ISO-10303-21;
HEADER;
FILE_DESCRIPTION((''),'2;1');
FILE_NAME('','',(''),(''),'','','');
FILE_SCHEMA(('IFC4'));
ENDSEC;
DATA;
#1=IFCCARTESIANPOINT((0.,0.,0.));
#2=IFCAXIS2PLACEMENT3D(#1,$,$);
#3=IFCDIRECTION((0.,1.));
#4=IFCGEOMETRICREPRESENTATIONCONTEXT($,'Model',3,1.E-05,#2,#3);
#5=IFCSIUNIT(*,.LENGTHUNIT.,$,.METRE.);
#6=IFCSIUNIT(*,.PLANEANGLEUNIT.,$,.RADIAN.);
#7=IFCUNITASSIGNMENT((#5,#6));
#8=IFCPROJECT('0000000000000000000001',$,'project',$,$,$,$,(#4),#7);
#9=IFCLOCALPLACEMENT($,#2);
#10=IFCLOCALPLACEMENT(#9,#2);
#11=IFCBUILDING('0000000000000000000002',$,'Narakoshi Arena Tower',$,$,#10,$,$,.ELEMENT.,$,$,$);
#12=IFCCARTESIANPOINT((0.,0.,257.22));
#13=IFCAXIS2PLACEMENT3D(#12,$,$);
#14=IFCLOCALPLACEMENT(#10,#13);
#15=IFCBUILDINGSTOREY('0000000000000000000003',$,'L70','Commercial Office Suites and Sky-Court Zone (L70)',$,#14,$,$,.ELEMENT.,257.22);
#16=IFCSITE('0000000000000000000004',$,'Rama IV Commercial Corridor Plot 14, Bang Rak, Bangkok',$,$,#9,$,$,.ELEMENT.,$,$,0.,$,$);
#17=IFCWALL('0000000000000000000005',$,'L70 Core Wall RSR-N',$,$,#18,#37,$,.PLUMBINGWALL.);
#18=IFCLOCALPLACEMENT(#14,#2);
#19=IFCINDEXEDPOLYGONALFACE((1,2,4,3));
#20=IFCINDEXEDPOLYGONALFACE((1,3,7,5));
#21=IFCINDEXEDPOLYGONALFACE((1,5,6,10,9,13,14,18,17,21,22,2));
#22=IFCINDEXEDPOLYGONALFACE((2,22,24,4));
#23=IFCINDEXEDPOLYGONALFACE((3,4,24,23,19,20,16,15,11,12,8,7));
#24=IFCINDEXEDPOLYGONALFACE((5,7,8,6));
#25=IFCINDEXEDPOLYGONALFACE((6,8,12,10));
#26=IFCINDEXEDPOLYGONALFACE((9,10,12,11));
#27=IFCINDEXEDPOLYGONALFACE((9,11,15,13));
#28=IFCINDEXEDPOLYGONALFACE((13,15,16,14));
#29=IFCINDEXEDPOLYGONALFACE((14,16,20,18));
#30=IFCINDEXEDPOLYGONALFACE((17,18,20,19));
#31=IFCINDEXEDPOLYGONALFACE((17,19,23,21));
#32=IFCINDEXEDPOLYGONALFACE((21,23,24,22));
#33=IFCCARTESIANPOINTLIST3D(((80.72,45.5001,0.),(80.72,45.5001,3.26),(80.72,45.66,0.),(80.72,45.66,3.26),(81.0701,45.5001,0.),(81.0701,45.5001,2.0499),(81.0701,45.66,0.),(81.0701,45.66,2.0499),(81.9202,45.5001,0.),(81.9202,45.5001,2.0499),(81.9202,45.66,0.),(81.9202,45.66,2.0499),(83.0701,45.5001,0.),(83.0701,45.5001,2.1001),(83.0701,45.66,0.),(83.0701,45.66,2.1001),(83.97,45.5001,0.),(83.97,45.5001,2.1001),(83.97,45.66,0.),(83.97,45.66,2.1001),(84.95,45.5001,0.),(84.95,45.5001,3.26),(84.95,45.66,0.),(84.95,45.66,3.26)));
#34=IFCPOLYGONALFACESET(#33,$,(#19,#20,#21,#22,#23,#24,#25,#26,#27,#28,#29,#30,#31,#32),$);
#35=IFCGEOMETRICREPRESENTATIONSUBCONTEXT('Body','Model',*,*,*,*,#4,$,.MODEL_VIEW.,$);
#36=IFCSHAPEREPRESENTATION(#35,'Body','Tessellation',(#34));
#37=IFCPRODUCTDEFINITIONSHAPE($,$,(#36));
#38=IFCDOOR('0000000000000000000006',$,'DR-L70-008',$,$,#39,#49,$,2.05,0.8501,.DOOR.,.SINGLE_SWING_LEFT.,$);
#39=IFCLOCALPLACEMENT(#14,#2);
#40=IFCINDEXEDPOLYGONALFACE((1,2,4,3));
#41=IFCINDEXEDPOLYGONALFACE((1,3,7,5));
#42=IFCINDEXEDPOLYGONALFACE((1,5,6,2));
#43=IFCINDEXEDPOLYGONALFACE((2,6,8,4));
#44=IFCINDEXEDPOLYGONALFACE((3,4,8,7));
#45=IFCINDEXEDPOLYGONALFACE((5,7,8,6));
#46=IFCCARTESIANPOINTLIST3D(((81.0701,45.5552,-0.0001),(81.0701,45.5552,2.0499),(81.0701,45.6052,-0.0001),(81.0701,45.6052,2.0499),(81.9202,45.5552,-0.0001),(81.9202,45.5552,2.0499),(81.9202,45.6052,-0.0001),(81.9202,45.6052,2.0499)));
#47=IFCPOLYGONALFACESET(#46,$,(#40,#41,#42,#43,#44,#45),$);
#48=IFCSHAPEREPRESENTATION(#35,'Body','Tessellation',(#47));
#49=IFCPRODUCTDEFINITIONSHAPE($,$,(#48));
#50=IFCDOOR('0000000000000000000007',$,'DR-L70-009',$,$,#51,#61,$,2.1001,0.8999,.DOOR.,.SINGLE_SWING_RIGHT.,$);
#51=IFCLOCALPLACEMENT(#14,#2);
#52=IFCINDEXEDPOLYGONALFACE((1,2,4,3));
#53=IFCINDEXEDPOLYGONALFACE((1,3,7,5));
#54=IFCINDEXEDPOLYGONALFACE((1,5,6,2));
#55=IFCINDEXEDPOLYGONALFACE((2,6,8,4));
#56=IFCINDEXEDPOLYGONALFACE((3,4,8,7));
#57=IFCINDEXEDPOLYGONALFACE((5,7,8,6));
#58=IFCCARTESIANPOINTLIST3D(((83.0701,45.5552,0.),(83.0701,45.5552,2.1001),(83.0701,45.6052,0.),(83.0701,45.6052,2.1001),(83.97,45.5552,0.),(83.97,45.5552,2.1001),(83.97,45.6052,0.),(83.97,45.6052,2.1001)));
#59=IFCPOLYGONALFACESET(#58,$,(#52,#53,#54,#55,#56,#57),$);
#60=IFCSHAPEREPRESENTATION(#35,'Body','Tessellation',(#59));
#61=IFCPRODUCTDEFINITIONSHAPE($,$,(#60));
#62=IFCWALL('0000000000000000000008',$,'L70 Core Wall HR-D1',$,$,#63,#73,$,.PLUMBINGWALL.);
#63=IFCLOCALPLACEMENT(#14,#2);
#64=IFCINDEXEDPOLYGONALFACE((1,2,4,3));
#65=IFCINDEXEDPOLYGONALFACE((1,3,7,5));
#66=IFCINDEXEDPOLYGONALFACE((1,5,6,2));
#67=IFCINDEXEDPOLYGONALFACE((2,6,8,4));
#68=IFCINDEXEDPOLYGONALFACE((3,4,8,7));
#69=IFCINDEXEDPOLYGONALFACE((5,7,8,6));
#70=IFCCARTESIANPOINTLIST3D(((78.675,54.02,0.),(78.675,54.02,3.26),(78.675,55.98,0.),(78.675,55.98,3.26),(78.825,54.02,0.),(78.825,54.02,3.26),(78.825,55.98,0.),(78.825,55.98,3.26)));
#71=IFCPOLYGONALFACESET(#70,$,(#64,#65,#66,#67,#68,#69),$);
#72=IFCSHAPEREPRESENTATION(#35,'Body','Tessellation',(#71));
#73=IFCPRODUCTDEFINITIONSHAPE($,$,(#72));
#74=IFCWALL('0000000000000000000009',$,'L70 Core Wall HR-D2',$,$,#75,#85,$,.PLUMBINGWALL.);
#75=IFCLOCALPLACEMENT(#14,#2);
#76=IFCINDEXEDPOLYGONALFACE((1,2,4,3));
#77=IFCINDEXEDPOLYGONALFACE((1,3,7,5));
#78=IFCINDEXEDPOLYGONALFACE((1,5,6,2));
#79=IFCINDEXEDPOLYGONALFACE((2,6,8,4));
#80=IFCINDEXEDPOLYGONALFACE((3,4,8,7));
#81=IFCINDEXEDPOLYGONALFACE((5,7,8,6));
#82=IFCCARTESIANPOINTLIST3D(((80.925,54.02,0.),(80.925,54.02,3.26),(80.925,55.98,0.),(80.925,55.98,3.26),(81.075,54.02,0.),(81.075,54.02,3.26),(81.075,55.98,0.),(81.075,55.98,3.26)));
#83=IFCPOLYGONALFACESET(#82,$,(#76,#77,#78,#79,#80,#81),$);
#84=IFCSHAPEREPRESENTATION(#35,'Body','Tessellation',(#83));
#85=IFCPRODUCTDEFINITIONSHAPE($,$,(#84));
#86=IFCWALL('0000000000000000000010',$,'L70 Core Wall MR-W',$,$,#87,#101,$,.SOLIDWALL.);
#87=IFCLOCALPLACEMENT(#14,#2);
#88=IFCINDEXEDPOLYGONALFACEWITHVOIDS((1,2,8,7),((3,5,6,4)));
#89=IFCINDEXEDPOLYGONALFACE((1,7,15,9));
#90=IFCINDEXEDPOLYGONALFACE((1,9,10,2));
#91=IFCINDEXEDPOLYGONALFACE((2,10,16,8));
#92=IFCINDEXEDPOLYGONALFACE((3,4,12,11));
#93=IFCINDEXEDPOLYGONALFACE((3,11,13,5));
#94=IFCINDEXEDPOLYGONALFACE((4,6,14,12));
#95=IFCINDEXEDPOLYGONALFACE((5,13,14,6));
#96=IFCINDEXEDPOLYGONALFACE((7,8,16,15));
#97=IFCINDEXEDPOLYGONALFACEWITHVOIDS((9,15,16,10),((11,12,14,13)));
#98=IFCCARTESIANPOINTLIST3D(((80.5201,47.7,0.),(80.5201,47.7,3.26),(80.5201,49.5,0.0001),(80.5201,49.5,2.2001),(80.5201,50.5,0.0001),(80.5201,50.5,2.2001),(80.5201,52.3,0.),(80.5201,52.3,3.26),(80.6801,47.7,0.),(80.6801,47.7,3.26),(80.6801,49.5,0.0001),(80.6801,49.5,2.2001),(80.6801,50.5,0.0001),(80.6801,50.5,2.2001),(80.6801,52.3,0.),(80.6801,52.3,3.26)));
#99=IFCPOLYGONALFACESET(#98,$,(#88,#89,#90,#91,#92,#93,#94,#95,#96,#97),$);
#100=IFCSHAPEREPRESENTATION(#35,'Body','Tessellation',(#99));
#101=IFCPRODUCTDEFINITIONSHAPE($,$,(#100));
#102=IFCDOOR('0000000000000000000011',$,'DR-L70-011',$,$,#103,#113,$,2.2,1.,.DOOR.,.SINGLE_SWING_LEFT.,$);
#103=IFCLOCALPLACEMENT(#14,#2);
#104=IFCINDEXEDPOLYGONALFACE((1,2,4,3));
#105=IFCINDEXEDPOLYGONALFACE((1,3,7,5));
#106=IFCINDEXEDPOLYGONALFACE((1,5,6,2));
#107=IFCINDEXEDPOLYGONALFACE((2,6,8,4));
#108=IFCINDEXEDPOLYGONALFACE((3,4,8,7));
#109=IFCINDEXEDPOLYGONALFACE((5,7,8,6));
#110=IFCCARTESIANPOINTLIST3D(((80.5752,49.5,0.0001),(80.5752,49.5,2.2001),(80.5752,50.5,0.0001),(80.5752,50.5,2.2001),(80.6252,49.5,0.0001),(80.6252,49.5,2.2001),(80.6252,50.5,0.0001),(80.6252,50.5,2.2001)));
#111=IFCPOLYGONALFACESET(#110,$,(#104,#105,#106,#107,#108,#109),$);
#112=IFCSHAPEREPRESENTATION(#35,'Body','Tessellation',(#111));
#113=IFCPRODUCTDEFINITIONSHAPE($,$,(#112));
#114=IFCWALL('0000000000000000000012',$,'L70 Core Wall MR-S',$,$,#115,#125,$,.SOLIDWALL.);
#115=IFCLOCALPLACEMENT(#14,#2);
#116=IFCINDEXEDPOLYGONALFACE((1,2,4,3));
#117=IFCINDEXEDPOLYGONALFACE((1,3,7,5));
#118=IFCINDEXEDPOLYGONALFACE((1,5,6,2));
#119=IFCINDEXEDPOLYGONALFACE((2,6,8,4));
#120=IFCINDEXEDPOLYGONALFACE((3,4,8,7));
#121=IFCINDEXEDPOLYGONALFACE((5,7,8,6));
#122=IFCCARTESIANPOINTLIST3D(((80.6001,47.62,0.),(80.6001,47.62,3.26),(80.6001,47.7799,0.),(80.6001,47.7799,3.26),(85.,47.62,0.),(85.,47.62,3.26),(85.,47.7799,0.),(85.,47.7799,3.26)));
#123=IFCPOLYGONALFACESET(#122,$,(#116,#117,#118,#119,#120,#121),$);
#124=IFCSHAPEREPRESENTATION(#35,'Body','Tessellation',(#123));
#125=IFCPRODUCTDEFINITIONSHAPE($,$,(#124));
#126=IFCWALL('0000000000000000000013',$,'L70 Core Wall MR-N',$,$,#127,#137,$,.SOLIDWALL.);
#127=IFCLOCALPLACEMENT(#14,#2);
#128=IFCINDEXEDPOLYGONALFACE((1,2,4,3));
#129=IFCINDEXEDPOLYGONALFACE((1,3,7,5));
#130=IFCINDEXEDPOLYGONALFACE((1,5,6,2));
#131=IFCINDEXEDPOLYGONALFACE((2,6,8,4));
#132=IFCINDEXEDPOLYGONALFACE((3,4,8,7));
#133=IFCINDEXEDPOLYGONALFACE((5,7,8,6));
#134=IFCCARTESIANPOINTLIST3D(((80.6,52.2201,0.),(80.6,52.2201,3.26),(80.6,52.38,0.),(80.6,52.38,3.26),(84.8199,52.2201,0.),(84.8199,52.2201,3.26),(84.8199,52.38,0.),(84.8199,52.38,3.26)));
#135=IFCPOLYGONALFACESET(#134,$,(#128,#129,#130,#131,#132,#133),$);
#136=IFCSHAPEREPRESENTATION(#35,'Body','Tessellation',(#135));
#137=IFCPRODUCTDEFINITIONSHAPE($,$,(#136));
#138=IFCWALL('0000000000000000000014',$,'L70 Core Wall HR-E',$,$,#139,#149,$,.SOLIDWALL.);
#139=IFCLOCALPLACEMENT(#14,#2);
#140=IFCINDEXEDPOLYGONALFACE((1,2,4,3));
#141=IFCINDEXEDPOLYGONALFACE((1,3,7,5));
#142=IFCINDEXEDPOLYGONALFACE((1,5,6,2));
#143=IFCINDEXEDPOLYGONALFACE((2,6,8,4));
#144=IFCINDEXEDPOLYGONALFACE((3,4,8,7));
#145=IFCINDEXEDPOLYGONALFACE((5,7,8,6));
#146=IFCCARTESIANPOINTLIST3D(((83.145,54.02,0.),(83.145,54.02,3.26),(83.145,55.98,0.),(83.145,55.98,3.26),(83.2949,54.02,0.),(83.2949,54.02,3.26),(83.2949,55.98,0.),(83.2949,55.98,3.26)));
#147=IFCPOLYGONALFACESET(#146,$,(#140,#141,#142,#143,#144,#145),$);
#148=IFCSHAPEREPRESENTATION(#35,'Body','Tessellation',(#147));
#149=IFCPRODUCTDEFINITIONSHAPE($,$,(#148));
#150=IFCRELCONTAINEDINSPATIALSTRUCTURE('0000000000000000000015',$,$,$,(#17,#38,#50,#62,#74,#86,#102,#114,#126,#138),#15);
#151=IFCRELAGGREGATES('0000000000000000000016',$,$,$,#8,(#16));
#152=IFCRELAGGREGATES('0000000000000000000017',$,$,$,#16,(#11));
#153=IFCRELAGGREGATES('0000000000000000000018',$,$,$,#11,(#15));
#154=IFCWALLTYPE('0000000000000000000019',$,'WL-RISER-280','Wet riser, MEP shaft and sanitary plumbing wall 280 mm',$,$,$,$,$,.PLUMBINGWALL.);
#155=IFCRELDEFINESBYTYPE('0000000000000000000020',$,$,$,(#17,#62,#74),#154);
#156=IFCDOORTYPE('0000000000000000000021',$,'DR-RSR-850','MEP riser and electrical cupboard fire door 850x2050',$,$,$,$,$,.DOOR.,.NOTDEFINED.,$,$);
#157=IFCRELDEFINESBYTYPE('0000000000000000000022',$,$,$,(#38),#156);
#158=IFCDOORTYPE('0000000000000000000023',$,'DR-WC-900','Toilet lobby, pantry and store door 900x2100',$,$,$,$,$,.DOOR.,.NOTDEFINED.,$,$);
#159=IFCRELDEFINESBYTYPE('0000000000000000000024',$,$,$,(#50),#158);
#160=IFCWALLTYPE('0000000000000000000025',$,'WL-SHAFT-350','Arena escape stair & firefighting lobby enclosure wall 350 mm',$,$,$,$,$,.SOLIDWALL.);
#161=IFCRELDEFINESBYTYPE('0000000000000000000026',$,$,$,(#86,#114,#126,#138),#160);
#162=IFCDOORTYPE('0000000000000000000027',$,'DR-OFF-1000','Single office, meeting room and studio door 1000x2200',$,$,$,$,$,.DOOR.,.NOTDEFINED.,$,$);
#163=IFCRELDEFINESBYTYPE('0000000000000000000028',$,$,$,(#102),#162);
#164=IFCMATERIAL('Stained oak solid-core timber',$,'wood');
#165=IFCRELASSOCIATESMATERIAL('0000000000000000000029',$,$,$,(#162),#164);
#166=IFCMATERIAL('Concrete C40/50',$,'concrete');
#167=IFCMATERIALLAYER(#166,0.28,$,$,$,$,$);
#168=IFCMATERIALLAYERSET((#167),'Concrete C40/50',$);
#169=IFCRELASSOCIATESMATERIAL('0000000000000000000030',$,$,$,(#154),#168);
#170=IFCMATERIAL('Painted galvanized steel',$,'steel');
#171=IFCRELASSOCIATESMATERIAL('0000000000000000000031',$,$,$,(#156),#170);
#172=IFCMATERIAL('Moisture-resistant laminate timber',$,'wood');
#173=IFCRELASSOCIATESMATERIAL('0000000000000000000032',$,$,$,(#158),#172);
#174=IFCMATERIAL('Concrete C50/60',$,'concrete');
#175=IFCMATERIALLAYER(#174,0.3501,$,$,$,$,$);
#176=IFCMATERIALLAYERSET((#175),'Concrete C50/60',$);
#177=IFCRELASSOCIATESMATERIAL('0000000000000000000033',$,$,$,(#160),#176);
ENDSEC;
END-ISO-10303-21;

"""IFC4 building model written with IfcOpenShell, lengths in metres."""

from ifc_helpers import new_model, si_unit, direction, frame, frame_2d, origin, place, context, subcontext, project, spatial, rectangle, extrude, material, layer, layer_set, type_object, element, fill, save


model = new_model("IFC4")

# Units and contexts
model_context = context("Model", 3, precision=1e-05, world=origin(), true_north=direction((0.0, 1.0)))
body_context = subcontext(model_context, "Body", "Model", "MODEL_VIEW")
ifc_project = project(units=[si_unit("LENGTHUNIT", "METRE"), si_unit("PLANEANGLEUNIT", "RADIAN")], contexts=[model_context])

# Site, building, storey
site_placement = place(None, origin())
site = spatial("IfcSite", under=ifc_project, at=site_placement, Name="Rama IV Commercial Corridor Plot 14, Bang Rak, Bangkok", CompositionType="ELEMENT", RefElevation=0.0)
building_placement = place(site_placement, origin())
building = spatial("IfcBuilding", under=site, at=building_placement, Name="Narakoshi Arena Tower", CompositionType="ELEMENT")
storey_placement = place(building_placement, frame((0.0, 0.0, 257.22)))
storey = spatial("IfcBuildingStorey", under=building, at=storey_placement, Name="L70", Description="Commercial Office Suites and Sky-Court Zone (L70)", CompositionType="ELEMENT", Elevation=257.22)

# Shared definitions
ifc_material_1 = material(Name="Concrete C50/60", Category="concrete")

# Shared definitions
ifc_material_2 = material(Name="Stained oak solid-core timber", Category="wood")
door_type_1 = type_object("IfcDoorType", Name="DR-OFF-1000", Description="Single office, meeting room and studio door 1000x2200", OperationType="NOTDEFINED", PredefinedType="DOOR", material=ifc_material_2)

# Wall, openings, doors
ifc_material_3 = material(Name="Concrete C40/50", Category="concrete")
ifc_layer_1 = layer(ifc_material_3, 0.28)
ifc_layer_set_1 = layer_set([ifc_layer_1], Name="Concrete C40/50")
wall_type_1 = type_object("IfcWallType", Name="WL-RISER-280", Description="Wet riser, MEP shaft and sanitary plumbing wall 280 mm", PredefinedType="PLUMBINGWALL", material=ifc_layer_set_1)
wall_1_placement = place(storey_placement, frame((80.72, 45.5801, 0.0), z_axis=(0.0, 0.0, 1.0), x_axis=(1.0, 0.0, 0.0)))
wall_1 = element("IfcWall", 1, at=wall_1_placement, inside=storey, type_object=wall_type_1, Name="L70 Core Wall RSR-N", PredefinedType="PLUMBINGWALL", context=body_context, shape_type="SweptSolid", body=[
    extrude(rectangle(XDim=4.23, YDim=0.1599, at=frame_2d((2.115, 0.0))), origin(), (0.0, 0.0, 1.0), 3.26),
])
opening_1_placement = place(wall_1_placement, frame((0.3501, 0.0, 0.0)))
opening_1 = element("IfcOpeningElement", 2, at=opening_1_placement, cuts=wall_1, PredefinedType="OPENING", context=body_context, shape_type="SweptSolid", body=[
    extrude(rectangle(XDim=0.8501, YDim=2.05, at=frame_2d((0.425, 1.0249))), frame((0.0, 0.0898, 0.0), z_axis=(0.0, -1.0, 0.0), x_axis=(1.0, 0.0, 0.0)), (0.0, 0.0, 1.0), 0.1799),
])
opening_2_placement = place(wall_1_placement, frame((2.3501, 0.0, 0.0)))
opening_2 = element("IfcOpeningElement", 3, at=opening_2_placement, cuts=wall_1, PredefinedType="OPENING", context=body_context, shape_type="SweptSolid", body=[
    extrude(rectangle(XDim=0.8999, YDim=2.1001, at=frame_2d((0.45, 1.05))), frame((0.0, 0.0898, 0.0), z_axis=(0.0, -1.0, 0.0), x_axis=(1.0, 0.0, 0.0)), (0.0, 0.0, 1.0), 0.1799),
])
ifc_material_4 = material(Name="Painted galvanized steel", Category="steel")
door_type_2 = type_object("IfcDoorType", Name="DR-RSR-850", Description="MEP riser and electrical cupboard fire door 850x2050", OperationType="NOTDEFINED", PredefinedType="DOOR", material=ifc_material_4)
door_1_placement = place(opening_1_placement, frame((0.8501, 0.0, 0.0), z_axis=(0.0, 0.0, 1.0), x_axis=(-1.0, 0.0, 0.0)))
door_1 = element("IfcDoor", 4, at=door_1_placement, inside=storey, type_object=door_type_2, Name="DR-L70-008", OperationType="SINGLE_SWING_LEFT", OverallHeight=2.05, OverallWidth=0.8501, PredefinedType="DOOR", context=body_context, shape_type="SweptSolid", body=[
    extrude(rectangle(XDim=0.8501, YDim=2.05, at=frame_2d((0.425, 1.0249))), frame((0.0, 0.0249, 0.0), z_axis=(0.0, -1.0, 0.0), x_axis=(1.0, 0.0, 0.0)), (0.0, 0.0, 1.0), 0.05),
])
fill(opening_1, door_1)
ifc_material_5 = material(Name="Moisture-resistant laminate timber", Category="wood")
door_type_3 = type_object("IfcDoorType", Name="DR-WC-900", Description="Toilet lobby, pantry and store door 900x2100", OperationType="NOTDEFINED", PredefinedType="DOOR", material=ifc_material_5)
door_2_placement = place(opening_2_placement, frame((0.8999, 0.0, 0.0), z_axis=(0.0, 0.0, 1.0), x_axis=(-1.0, 0.0, 0.0)))
door_2 = element("IfcDoor", 5, at=door_2_placement, inside=storey, type_object=door_type_3, Name="DR-L70-009", OperationType="SINGLE_SWING_RIGHT", OverallHeight=2.1001, OverallWidth=0.8999, PredefinedType="DOOR", context=body_context, shape_type="SweptSolid", body=[
    extrude(rectangle(XDim=0.8999, YDim=2.1001, at=frame_2d((0.45, 1.05))), frame((0.0, 0.0249, 0.0), z_axis=(0.0, -1.0, 0.0), x_axis=(1.0, 0.0, 0.0)), (0.0, 0.0, 1.0), 0.05),
])
fill(opening_2, door_2)

# Walls
for number, where, z_axis, x_axis, name in (
    (6, (78.75, 54.02, 0.0), (0.0, 0.0, 1.0), (0.0, 1.0, 0.0), "L70 Core Wall HR-D1"),
    (7, (81.0, 54.02, 0.0), (0.0, 0.0, 1.0), (0.0, 1.0, 0.0), "L70 Core Wall HR-D2"),
):
    element("IfcWall", number, at=place(storey_placement, frame(where, z_axis=z_axis, x_axis=x_axis)), inside=storey, type_object=wall_type_1, Name=name, PredefinedType="PLUMBINGWALL", context=body_context, shape_type="SweptSolid", body=[
        extrude(rectangle(XDim=1.96, YDim=0.1499, at=frame_2d((0.98, 0.0))), origin(), (0.0, 0.0, 1.0), 3.26),
    ])

# Wall, opening, door
ifc_layer_2 = layer(ifc_material_1, 0.3501)
ifc_layer_set_2 = layer_set([ifc_layer_2], Name="Concrete C50/60")
wall_type_2 = type_object("IfcWallType", Name="WL-SHAFT-350", Description="Arena escape stair & firefighting lobby enclosure wall 350 mm", PredefinedType="SOLIDWALL", material=ifc_layer_set_2)
wall_2_placement = place(storey_placement, frame((80.6001, 47.7, 0.0), z_axis=(0.0, 0.0, 1.0), x_axis=(0.0, 1.0, 0.0)))
wall_2 = element("IfcWall", 8, at=wall_2_placement, inside=storey, type_object=wall_type_2, Name="L70 Core Wall MR-W", PredefinedType="SOLIDWALL", context=body_context, shape_type="SweptSolid", body=[
    extrude(rectangle(XDim=4.6001, YDim=0.1599, at=frame_2d((2.3, 0.0))), origin(), (0.0, 0.0, 1.0), 3.26),
])
opening_3_placement = place(wall_2_placement, frame((1.8, 0.0, 0.0)))
opening_3 = element("IfcOpeningElement", 9, at=opening_3_placement, cuts=wall_2, PredefinedType="OPENING", context=body_context, shape_type="SweptSolid", body=[
    extrude(rectangle(XDim=1.0, YDim=2.2, at=frame_2d((0.5, 1.1001))), frame((0.0, 0.0898, 0.0), z_axis=(0.0, -1.0, 0.0), x_axis=(1.0, 0.0, 0.0)), (0.0, 0.0, 1.0), 0.1799),
])
door_3_placement = place(opening_3_placement, origin())
door_3 = element("IfcDoor", 10, at=door_3_placement, inside=storey, type_object=door_type_1, Name="DR-L70-011", OperationType="SINGLE_SWING_LEFT", OverallHeight=2.2, OverallWidth=1.0, PredefinedType="DOOR", context=body_context, shape_type="SweptSolid", body=[
    extrude(rectangle(XDim=1.0, YDim=2.2, at=frame_2d((0.5, 1.1001))), frame((0.0, 0.0249, 0.0), z_axis=(0.0, -1.0, 0.0), x_axis=(1.0, 0.0, 0.0)), (0.0, 0.0, 1.0), 0.05),
])
fill(opening_3, door_3)

# Walls
wall_3_placement = place(storey_placement, frame((80.6001, 47.7, 0.0), z_axis=(0.0, 0.0, 1.0), x_axis=(1.0, 0.0, 0.0)))
element("IfcWall", 11, at=wall_3_placement, inside=storey, type_object=wall_type_2, Name="L70 Core Wall MR-S", PredefinedType="SOLIDWALL", context=body_context, shape_type="SweptSolid", body=[
    extrude(rectangle(XDim=4.3999, YDim=0.1599, at=frame_2d((2.2, 0.0))), origin(), (0.0, 0.0, 1.0), 3.26),
])
wall_4_placement = place(storey_placement, frame((80.6001, 52.3, 0.0), z_axis=(0.0, 0.0, 1.0), x_axis=(1.0, 0.0, 0.0)))
element("IfcWall", 12, at=wall_4_placement, inside=storey, type_object=wall_type_2, Name="L70 Core Wall MR-N", PredefinedType="SOLIDWALL", context=body_context, shape_type="SweptSolid", body=[
    extrude(rectangle(XDim=4.22, YDim=0.1599, at=frame_2d((2.1099, 0.0))), origin(), (0.0, 0.0, 1.0), 3.26),
])
wall_5_placement = place(storey_placement, frame((83.22, 54.02, 0.0), z_axis=(0.0, 0.0, 1.0), x_axis=(0.0, 1.0, 0.0)))
element("IfcWall", 13, at=wall_5_placement, inside=storey, type_object=wall_type_2, Name="L70 Core Wall HR-E", PredefinedType="SOLIDWALL", context=body_context, shape_type="SweptSolid", body=[
    extrude(rectangle(XDim=1.96, YDim=0.1499, at=frame_2d((0.98, 0.0))), origin(), (0.0, 0.0, 1.0), 3.26),
])

save(model, "model.ifc")
